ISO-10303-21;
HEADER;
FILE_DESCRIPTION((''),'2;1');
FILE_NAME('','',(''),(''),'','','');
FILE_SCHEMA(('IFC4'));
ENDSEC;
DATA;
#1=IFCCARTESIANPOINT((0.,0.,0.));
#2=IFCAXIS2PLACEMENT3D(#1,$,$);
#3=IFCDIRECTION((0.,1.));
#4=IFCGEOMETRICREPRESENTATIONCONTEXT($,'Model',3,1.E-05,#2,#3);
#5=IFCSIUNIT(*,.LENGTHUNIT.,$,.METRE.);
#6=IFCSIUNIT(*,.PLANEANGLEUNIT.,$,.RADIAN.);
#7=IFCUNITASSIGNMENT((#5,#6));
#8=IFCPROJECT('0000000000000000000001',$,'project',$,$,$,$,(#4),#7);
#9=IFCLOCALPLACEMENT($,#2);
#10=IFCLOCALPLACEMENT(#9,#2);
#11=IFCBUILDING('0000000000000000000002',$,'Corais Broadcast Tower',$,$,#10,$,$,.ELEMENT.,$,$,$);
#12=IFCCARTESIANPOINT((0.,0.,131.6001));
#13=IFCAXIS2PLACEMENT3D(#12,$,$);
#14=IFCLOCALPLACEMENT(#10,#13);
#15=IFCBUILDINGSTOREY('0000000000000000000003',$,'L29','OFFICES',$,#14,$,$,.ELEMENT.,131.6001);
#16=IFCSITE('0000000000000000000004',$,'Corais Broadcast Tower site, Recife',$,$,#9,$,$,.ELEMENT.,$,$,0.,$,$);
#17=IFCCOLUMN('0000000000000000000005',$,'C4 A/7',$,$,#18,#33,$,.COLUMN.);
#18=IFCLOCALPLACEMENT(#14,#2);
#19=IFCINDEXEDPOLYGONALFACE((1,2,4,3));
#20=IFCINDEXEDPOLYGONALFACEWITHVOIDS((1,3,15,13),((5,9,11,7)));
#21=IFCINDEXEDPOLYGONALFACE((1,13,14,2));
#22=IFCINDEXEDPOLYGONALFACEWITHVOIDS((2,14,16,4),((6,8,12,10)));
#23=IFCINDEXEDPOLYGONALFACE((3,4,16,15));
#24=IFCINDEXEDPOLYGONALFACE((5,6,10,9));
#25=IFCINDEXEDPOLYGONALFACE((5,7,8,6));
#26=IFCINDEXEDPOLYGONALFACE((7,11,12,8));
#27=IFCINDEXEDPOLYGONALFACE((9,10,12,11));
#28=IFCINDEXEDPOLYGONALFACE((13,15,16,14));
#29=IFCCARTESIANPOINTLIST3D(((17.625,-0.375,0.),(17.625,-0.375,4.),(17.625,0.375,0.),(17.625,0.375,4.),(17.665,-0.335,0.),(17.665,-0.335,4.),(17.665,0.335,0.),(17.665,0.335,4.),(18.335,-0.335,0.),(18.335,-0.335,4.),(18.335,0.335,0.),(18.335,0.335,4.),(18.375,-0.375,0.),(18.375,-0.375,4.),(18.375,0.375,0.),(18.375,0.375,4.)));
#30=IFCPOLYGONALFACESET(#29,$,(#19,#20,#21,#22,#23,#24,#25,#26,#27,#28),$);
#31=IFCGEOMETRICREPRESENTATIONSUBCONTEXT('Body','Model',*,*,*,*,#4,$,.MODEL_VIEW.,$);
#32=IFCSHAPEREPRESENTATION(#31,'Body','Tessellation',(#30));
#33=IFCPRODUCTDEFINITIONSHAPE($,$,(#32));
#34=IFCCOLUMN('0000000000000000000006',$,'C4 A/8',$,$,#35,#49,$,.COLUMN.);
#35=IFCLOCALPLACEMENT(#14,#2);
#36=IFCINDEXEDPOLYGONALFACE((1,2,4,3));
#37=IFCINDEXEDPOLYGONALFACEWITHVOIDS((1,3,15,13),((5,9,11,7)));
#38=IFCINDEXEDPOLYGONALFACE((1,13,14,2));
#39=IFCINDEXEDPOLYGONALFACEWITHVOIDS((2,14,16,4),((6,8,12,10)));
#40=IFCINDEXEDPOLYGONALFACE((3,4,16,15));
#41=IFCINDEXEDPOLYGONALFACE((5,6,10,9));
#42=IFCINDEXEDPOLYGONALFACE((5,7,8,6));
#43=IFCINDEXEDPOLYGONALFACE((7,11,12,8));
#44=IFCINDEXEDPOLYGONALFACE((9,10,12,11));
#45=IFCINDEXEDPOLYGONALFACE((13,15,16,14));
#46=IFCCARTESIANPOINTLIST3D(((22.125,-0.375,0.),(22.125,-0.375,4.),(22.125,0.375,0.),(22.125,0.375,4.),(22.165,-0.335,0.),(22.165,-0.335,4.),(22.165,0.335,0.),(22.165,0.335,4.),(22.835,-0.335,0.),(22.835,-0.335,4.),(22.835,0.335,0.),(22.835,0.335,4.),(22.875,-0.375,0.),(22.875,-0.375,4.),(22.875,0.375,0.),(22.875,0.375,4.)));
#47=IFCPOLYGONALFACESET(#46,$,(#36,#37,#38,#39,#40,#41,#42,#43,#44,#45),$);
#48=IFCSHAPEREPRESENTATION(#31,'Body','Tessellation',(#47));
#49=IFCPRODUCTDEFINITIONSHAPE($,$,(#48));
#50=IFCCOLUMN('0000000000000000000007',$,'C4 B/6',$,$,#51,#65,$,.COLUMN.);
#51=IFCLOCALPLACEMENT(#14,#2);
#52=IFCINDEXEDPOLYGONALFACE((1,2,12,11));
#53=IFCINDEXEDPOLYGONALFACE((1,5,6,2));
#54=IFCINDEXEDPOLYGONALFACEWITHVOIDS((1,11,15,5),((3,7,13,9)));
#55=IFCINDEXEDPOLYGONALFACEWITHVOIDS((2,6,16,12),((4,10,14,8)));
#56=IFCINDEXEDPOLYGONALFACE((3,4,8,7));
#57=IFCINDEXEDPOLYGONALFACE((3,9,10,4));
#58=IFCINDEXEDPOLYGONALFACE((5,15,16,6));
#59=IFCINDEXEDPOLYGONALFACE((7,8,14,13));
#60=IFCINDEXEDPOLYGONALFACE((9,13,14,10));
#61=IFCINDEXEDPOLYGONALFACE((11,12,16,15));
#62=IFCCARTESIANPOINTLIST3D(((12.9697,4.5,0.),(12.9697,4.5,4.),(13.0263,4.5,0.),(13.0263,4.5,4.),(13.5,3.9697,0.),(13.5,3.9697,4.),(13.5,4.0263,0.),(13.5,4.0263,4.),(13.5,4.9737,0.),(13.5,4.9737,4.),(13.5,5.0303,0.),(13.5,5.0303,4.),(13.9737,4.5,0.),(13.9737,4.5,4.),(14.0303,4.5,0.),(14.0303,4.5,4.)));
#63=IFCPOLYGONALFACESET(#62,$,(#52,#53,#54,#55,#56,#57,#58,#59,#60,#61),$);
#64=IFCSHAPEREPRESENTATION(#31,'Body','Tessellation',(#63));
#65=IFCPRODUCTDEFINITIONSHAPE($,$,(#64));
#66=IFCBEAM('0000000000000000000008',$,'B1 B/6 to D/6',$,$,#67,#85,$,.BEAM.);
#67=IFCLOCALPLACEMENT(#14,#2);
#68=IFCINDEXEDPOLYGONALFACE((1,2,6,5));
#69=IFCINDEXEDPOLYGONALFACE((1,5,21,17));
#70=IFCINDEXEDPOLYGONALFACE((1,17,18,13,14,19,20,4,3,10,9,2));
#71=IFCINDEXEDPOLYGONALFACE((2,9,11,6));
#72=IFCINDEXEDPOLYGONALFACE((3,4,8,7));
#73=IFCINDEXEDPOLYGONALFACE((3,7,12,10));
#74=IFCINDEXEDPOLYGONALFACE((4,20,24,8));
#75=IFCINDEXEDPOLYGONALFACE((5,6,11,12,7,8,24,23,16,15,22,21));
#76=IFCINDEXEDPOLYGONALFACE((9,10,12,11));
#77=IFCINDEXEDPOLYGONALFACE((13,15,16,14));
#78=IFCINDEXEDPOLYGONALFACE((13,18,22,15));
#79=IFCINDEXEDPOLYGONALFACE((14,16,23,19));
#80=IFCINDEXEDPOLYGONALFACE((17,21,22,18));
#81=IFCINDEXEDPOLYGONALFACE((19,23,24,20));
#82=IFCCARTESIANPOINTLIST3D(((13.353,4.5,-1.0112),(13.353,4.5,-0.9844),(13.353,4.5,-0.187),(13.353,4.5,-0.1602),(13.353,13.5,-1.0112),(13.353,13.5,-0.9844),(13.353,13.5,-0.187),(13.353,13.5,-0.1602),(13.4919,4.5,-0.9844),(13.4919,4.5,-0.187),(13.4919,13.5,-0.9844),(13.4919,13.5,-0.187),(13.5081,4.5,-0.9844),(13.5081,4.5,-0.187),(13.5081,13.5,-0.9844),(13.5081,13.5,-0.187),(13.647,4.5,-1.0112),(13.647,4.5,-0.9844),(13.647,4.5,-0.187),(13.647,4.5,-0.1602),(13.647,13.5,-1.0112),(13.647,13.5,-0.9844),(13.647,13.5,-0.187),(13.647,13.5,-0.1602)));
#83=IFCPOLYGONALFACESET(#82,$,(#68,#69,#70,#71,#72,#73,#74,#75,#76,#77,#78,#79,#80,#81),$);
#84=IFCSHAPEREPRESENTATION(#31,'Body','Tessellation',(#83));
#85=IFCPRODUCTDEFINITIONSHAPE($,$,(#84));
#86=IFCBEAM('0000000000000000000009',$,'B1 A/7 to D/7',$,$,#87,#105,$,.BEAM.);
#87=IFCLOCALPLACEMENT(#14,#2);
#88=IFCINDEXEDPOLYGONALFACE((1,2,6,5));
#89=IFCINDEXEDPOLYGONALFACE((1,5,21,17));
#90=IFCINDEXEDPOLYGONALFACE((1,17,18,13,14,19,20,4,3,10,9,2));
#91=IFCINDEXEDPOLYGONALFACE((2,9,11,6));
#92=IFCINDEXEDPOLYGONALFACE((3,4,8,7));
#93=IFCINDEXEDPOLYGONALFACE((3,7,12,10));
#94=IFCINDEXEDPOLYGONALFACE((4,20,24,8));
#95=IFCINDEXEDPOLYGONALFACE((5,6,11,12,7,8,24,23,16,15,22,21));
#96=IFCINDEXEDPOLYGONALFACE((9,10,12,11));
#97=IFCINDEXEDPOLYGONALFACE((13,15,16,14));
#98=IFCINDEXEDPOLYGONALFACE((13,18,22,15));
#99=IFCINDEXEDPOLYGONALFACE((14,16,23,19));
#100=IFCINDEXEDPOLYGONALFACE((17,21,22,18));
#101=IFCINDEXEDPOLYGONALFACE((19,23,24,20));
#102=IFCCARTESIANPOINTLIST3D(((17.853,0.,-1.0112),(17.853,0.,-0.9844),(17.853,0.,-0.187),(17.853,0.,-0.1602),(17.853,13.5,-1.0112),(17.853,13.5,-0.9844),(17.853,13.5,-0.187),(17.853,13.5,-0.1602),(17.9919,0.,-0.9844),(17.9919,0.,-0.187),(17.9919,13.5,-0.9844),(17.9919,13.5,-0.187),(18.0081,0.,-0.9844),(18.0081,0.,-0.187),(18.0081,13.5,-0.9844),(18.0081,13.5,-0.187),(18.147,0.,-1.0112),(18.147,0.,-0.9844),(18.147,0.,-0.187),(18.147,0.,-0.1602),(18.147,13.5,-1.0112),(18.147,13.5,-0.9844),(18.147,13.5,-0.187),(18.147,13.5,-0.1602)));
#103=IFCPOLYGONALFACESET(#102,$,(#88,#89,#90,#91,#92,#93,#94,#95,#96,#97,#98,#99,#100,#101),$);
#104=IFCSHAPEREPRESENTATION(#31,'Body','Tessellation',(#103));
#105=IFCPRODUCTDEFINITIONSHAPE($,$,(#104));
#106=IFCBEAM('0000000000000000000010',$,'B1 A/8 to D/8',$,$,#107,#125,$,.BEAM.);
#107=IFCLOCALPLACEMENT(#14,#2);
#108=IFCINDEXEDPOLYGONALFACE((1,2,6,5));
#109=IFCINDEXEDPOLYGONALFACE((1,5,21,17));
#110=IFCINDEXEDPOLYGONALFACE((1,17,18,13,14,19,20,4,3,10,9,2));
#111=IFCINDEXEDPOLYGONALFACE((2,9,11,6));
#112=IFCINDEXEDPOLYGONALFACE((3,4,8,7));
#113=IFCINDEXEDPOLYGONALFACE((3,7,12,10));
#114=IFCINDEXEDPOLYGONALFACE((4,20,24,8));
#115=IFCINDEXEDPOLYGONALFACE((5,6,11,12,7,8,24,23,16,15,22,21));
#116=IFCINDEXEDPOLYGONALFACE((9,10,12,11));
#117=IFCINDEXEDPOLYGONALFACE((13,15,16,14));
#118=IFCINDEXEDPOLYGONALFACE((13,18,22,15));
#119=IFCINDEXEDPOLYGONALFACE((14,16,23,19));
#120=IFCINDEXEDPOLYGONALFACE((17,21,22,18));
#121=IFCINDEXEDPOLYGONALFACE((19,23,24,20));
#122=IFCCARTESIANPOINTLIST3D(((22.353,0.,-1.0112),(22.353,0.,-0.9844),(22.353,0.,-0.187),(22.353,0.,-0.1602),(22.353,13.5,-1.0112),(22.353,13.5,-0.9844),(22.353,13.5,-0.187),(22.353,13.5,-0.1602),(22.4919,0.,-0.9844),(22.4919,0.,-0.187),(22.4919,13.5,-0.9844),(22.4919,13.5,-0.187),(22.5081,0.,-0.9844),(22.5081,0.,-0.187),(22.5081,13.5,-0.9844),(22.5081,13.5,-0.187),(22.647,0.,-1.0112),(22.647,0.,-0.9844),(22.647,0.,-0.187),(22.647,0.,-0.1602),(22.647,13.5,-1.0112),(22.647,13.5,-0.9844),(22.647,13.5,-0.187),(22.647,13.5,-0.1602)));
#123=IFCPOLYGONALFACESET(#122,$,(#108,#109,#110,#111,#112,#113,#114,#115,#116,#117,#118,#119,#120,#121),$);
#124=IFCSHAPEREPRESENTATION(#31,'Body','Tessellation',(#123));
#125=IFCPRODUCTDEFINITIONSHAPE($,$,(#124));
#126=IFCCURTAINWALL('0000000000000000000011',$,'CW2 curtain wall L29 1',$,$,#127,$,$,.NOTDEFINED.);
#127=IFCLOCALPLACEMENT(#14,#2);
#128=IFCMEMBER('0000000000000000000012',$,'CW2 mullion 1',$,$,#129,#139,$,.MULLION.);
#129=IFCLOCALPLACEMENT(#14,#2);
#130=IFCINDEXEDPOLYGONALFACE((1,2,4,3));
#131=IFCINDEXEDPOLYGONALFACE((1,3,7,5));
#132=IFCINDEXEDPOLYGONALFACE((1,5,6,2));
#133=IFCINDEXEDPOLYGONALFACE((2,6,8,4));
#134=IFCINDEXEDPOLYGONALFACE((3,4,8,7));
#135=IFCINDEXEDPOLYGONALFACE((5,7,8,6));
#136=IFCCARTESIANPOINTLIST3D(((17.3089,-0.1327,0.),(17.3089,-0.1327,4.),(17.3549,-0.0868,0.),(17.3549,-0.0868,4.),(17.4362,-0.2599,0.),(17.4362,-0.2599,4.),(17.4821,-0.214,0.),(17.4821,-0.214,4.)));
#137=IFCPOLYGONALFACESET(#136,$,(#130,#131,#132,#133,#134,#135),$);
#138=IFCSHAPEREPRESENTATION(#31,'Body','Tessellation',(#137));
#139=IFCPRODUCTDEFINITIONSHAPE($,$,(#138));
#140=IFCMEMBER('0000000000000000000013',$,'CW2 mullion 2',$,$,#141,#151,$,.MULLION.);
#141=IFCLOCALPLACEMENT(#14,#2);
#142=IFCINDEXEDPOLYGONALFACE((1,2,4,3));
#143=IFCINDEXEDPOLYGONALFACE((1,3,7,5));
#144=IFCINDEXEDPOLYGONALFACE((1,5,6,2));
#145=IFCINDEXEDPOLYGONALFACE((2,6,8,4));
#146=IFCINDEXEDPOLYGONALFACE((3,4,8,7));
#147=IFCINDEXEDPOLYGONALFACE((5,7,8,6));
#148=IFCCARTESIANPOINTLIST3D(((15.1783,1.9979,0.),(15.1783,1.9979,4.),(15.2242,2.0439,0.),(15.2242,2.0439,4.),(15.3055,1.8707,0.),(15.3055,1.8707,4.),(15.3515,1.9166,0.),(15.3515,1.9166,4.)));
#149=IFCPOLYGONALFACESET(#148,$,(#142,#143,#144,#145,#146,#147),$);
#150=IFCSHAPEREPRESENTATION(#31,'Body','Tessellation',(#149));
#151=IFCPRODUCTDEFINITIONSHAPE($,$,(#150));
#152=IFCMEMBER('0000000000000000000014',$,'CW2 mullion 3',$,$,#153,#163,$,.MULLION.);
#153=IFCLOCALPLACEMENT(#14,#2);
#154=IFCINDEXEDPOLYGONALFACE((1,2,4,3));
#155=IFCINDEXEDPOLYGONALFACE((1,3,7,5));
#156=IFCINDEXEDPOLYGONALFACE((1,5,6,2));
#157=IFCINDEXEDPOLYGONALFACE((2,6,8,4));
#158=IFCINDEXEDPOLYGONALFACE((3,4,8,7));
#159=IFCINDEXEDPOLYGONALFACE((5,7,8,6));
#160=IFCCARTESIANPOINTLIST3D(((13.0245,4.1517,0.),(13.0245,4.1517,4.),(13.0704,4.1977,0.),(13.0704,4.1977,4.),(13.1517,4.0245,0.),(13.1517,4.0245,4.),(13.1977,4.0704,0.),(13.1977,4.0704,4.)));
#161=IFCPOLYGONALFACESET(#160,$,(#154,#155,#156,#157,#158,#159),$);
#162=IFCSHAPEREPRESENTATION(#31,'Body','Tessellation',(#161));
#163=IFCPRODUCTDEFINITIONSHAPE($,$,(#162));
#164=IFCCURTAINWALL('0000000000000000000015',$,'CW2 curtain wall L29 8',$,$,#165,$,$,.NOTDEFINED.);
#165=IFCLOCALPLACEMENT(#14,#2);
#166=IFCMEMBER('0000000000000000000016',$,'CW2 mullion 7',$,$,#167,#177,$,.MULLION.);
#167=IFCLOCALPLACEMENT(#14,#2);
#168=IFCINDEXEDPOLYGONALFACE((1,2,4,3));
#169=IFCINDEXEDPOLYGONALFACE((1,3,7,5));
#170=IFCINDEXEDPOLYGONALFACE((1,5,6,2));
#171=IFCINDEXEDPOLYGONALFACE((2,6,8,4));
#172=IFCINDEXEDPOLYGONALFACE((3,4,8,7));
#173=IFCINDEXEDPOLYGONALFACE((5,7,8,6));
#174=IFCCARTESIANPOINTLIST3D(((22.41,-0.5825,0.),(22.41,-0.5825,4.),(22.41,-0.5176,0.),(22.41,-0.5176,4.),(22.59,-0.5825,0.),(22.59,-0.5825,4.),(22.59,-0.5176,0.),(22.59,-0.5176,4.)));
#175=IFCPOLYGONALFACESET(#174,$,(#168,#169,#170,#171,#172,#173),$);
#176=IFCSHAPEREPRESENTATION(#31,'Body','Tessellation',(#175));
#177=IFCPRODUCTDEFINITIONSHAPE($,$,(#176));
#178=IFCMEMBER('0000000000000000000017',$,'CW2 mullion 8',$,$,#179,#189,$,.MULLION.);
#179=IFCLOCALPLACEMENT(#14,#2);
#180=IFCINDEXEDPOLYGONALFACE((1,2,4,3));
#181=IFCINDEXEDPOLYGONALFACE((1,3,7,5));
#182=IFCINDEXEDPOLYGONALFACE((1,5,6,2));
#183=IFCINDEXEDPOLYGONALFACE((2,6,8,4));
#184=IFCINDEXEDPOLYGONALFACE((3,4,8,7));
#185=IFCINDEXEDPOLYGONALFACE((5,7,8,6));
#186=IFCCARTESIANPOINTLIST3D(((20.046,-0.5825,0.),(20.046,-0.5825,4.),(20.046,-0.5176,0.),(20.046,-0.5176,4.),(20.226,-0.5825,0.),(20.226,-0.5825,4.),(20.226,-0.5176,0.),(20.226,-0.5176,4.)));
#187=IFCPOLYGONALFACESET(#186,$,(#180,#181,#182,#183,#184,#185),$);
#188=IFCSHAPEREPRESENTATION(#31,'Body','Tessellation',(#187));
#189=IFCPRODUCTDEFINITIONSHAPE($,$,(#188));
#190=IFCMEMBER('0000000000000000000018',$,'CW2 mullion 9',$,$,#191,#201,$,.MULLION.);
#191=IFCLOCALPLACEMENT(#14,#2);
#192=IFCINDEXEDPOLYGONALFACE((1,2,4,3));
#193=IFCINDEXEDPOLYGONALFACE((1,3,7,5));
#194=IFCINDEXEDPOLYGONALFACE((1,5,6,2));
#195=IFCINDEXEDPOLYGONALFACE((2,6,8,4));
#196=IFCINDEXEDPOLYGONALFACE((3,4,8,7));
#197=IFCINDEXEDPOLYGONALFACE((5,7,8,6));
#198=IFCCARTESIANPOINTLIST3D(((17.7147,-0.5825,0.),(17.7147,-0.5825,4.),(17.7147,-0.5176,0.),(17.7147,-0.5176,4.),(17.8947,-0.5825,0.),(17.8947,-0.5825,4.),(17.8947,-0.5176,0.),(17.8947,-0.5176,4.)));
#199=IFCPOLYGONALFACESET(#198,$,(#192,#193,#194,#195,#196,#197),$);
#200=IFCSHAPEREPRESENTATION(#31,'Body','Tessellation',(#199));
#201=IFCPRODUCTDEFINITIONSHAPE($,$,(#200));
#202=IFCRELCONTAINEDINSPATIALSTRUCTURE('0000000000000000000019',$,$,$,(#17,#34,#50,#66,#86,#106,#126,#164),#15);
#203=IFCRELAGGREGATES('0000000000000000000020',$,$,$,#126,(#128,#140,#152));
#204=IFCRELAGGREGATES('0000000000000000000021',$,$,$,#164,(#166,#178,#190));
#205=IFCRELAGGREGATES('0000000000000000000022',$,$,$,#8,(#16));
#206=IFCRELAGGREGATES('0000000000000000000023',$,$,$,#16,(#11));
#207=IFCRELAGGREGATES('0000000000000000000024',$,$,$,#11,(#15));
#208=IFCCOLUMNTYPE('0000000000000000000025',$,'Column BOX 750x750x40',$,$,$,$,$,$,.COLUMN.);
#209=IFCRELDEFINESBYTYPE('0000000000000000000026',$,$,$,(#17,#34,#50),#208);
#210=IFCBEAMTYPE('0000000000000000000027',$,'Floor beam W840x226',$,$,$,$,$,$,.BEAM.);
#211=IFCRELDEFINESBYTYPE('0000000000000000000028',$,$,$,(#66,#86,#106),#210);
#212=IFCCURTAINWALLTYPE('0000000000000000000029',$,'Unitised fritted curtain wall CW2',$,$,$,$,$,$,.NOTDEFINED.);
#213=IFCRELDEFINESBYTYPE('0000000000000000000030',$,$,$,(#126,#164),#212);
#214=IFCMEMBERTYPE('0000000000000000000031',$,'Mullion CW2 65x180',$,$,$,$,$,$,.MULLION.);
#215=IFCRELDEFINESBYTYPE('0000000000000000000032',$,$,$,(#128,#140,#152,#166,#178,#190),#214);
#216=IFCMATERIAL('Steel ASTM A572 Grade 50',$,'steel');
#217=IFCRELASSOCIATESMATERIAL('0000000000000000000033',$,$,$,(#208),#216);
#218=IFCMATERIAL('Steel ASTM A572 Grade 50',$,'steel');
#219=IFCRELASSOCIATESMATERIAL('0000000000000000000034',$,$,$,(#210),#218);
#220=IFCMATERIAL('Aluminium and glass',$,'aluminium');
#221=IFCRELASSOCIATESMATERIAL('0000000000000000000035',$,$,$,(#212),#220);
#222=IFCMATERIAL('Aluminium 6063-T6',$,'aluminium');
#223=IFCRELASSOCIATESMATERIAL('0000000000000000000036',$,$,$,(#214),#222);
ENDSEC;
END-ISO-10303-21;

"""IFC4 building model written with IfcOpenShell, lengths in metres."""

from ifc_helpers import new_model, si_unit, direction, frame, origin, origin_2d, place, context, subcontext, project, spatial, rectangle, hollow_rectangle, i_section, extrude, material, material_profile, profile_set, type_object, element, aggregate, save


model = new_model("IFC4")

# Units and contexts
model_context = context("Model", 3, precision=1e-05, world=origin(), true_north=direction((0.0, 1.0)))
body_context = subcontext(model_context, "Body", "Model", "MODEL_VIEW")
ifc_project = project(units=[si_unit("LENGTHUNIT", "METRE"), si_unit("PLANEANGLEUNIT", "RADIAN")], contexts=[model_context])

# Site, building, storey
site_placement = place(None, origin())
site = spatial("IfcSite", under=ifc_project, at=site_placement, Name="Corais Broadcast Tower site, Recife", CompositionType="ELEMENT", RefElevation=0.0)
building_placement = place(site_placement, origin())
building = spatial("IfcBuilding", under=site, at=building_placement, Name="Corais Broadcast Tower", CompositionType="ELEMENT")
storey_placement = place(building_placement, frame((0.0, 0.0, 131.6001)))
storey = spatial("IfcBuildingStorey", under=building, at=storey_placement, Name="L29", Description="OFFICES", CompositionType="ELEMENT", Elevation=131.6001)

# Columns
ifc_material_1 = material(Name="Steel ASTM A572 Grade 50", Category="steel")
ifc_material_profile_1 = material_profile(ifc_material_1, hollow_rectangle(XDim=0.75, YDim=0.75, WallThickness=0.04, at=origin_2d()), Name="BOX 750x750x40")
ifc_profile_set_1 = profile_set([ifc_material_profile_1], Name="Steel ASTM A572 Grade 50")
column_type = type_object("IfcColumnType", Name="Column BOX 750x750x40", PredefinedType="COLUMN", material=ifc_profile_set_1)
for number, where, z_axis, x_axis, name in (
    (1, (18.0, 0.0, 0.0), (0.0, 0.0, 1.0), (1.0, 0.0, 0.0), "C4 A/7"),
    (2, (22.5, 0.0, 0.0), (0.0, 0.0, 1.0), (1.0, 0.0, 0.0), "C4 A/8"),
    (3, (13.5, 4.5, 0.0), (0.0, 0.0, 1.0), (0.707107, 0.707107, 0.0), "C4 B/6"),
):
    element("IfcColumn", number, at=place(storey_placement, frame(where, z_axis=z_axis, x_axis=x_axis)), inside=storey, type_object=column_type, Name=name, PredefinedType="COLUMN", context=body_context, shape_type="SweptSolid", body=[
        extrude(hollow_rectangle(XDim=0.75, YDim=0.75, WallThickness=0.04, at=origin_2d()), origin(), (0.0, 0.0, 1.0), 4.0),
    ])

# Beams
ifc_material_2 = material(Name="Steel ASTM A572 Grade 50", Category="steel")
ifc_material_profile_2 = material_profile(ifc_material_2, i_section(OverallWidth=0.2939, OverallDepth=0.8511, WebThickness=0.0161, FlangeThickness=0.0269, at=origin_2d()), Name="W840x226")
ifc_profile_set_2 = profile_set([ifc_material_profile_2], Name="Steel ASTM A572 Grade 50")
beam_type_1 = type_object("IfcBeamType", Name="Floor beam W840x226", PredefinedType="BEAM", material=ifc_profile_set_2)
beam_1_placement = place(storey_placement, frame((13.5, 4.5, -0.5857), z_axis=(0.0, 1.0, 0.0), x_axis=(-1.0, 0.0, 0.0)))
element("IfcBeam", 4, at=beam_1_placement, inside=storey, type_object=beam_type_1, Name="B1 B/6 to D/6", PredefinedType="BEAM", context=body_context, shape_type="SweptSolid", body=[
    extrude(i_section(OverallWidth=0.2939, OverallDepth=0.8511, WebThickness=0.0161, FlangeThickness=0.0269, at=origin_2d()), origin(), (0.0, 0.0, 1.0), 9.0),
])
for number, where, z_axis, x_axis, name in (
    (5, (18.0, 0.0, -0.5857), (0.0, 1.0, 0.0), (-1.0, 0.0, 0.0), "B1 A/7 to D/7"),
    (6, (22.5, 0.0, -0.5857), (0.0, 1.0, 0.0), (-1.0, 0.0, 0.0), "B1 A/8 to D/8"),
):
    element("IfcBeam", number, at=place(storey_placement, frame(where, z_axis=z_axis, x_axis=x_axis)), inside=storey, type_object=beam_type_1, Name=name, PredefinedType="BEAM", context=body_context, shape_type="SweptSolid", body=[
        extrude(i_section(OverallWidth=0.2939, OverallDepth=0.8511, WebThickness=0.0161, FlangeThickness=0.0269, at=origin_2d()), origin(), (0.0, 0.0, 1.0), 13.5),
    ])

# Curtain walls, members
ifc_material_3 = material(Name="Aluminium and glass", Category="aluminium")
curtain_wall_type = type_object("IfcCurtainWallType", Name="Unitised fritted curtain wall CW2", PredefinedType="NOTDEFINED", material=ifc_material_3)
curtain_wall_1_placement = place(storey_placement, origin())
curtain_wall_1 = element("IfcCurtainWall", 7, at=curtain_wall_1_placement, inside=storey, type_object=curtain_wall_type, Name="CW2 curtain wall L29 1", PredefinedType="NOTDEFINED")
ifc_material_4 = material(Name="Aluminium 6063-T6", Category="aluminium")
ifc_material_profile_3 = material_profile(ifc_material_4, rectangle(XDim=0.0649, YDim=0.1799, at=origin_2d()), Name="Mullion CW2 65x180")
ifc_profile_set_3 = profile_set([ifc_material_profile_3], Name="Aluminium 6063-T6")
member_type_1 = type_object("IfcMemberType", Name="Mullion CW2 65x180", PredefinedType="MULLION", material=ifc_profile_set_3)
member_1_placement = place(storey_placement, frame((17.3955, -0.1733, 0.0), z_axis=(0.0, 0.0, 1.0), x_axis=(-0.707107, -0.707107, 0.0)))
member_1 = element("IfcMember", 8, at=member_1_placement, type_object=member_type_1, Name="CW2 mullion 1", PredefinedType="MULLION", context=body_context, shape_type="SweptSolid", body=[
    extrude(rectangle(XDim=0.0649, YDim=0.1799, at=origin_2d()), origin(), (0.0, 0.0, 1.0), 4.0),
])
member_2_placement = place(storey_placement, frame((15.2649, 1.9573, 0.0), z_axis=(0.0, 0.0, 1.0), x_axis=(-0.707107, -0.707107, 0.0)))
member_2 = element("IfcMember", 9, at=member_2_placement, type_object=member_type_1, Name="CW2 mullion 2", PredefinedType="MULLION", context=body_context, shape_type="SweptSolid", body=[
    extrude(rectangle(XDim=0.0649, YDim=0.1799, at=origin_2d()), origin(), (0.0, 0.0, 1.0), 4.0),
])
member_3_placement = place(storey_placement, frame((13.1111, 4.1111, 0.0), z_axis=(0.0, 0.0, 1.0), x_axis=(-0.707107, -0.707107, 0.0)))
member_3 = element("IfcMember", 10, at=member_3_placement, type_object=member_type_1, Name="CW2 mullion 3", PredefinedType="MULLION", context=body_context, shape_type="SweptSolid", body=[
    extrude(rectangle(XDim=0.0649, YDim=0.1799, at=origin_2d()), origin(), (0.0, 0.0, 1.0), 4.0),
])
curtain_wall_2_placement = place(storey_placement, origin())
curtain_wall_2 = element("IfcCurtainWall", 11, at=curtain_wall_2_placement, inside=storey, type_object=curtain_wall_type, Name="CW2 curtain wall L29 8", PredefinedType="NOTDEFINED")
member_4_placement = place(storey_placement, frame((22.5, -0.55, 0.0), z_axis=(0.0, 0.0, 1.0), x_axis=(0.0, -1.0, 0.0)))
member_4 = element("IfcMember", 12, at=member_4_placement, type_object=member_type_1, Name="CW2 mullion 7", PredefinedType="MULLION", context=body_context, shape_type="SweptSolid", body=[
    extrude(rectangle(XDim=0.0649, YDim=0.1799, at=origin_2d()), origin(), (0.0, 0.0, 1.0), 4.0),
])
member_5_placement = place(storey_placement, frame((20.136, -0.55, 0.0), z_axis=(0.0, 0.0, 1.0), x_axis=(0.0, -1.0, 0.0)))
member_5 = element("IfcMember", 13, at=member_5_placement, type_object=member_type_1, Name="CW2 mullion 8", PredefinedType="MULLION", context=body_context, shape_type="SweptSolid", body=[
    extrude(rectangle(XDim=0.0649, YDim=0.1799, at=origin_2d()), origin(), (0.0, 0.0, 1.0), 4.0),
])
member_6_placement = place(storey_placement, frame((17.8047, -0.55, 0.0), z_axis=(0.0, 0.0, 1.0), x_axis=(0.0, -1.0, 0.0)))
member_6 = element("IfcMember", 14, at=member_6_placement, type_object=member_type_1, Name="CW2 mullion 9", PredefinedType="MULLION", context=body_context, shape_type="SweptSolid", body=[
    extrude(rectangle(XDim=0.0649, YDim=0.1799, at=origin_2d()), origin(), (0.0, 0.0, 1.0), 4.0),
])

aggregate(curtain_wall_1, [member_1, member_2, member_3])
aggregate(curtain_wall_2, [member_4, member_5, member_6])

save(model, "model.ifc")
